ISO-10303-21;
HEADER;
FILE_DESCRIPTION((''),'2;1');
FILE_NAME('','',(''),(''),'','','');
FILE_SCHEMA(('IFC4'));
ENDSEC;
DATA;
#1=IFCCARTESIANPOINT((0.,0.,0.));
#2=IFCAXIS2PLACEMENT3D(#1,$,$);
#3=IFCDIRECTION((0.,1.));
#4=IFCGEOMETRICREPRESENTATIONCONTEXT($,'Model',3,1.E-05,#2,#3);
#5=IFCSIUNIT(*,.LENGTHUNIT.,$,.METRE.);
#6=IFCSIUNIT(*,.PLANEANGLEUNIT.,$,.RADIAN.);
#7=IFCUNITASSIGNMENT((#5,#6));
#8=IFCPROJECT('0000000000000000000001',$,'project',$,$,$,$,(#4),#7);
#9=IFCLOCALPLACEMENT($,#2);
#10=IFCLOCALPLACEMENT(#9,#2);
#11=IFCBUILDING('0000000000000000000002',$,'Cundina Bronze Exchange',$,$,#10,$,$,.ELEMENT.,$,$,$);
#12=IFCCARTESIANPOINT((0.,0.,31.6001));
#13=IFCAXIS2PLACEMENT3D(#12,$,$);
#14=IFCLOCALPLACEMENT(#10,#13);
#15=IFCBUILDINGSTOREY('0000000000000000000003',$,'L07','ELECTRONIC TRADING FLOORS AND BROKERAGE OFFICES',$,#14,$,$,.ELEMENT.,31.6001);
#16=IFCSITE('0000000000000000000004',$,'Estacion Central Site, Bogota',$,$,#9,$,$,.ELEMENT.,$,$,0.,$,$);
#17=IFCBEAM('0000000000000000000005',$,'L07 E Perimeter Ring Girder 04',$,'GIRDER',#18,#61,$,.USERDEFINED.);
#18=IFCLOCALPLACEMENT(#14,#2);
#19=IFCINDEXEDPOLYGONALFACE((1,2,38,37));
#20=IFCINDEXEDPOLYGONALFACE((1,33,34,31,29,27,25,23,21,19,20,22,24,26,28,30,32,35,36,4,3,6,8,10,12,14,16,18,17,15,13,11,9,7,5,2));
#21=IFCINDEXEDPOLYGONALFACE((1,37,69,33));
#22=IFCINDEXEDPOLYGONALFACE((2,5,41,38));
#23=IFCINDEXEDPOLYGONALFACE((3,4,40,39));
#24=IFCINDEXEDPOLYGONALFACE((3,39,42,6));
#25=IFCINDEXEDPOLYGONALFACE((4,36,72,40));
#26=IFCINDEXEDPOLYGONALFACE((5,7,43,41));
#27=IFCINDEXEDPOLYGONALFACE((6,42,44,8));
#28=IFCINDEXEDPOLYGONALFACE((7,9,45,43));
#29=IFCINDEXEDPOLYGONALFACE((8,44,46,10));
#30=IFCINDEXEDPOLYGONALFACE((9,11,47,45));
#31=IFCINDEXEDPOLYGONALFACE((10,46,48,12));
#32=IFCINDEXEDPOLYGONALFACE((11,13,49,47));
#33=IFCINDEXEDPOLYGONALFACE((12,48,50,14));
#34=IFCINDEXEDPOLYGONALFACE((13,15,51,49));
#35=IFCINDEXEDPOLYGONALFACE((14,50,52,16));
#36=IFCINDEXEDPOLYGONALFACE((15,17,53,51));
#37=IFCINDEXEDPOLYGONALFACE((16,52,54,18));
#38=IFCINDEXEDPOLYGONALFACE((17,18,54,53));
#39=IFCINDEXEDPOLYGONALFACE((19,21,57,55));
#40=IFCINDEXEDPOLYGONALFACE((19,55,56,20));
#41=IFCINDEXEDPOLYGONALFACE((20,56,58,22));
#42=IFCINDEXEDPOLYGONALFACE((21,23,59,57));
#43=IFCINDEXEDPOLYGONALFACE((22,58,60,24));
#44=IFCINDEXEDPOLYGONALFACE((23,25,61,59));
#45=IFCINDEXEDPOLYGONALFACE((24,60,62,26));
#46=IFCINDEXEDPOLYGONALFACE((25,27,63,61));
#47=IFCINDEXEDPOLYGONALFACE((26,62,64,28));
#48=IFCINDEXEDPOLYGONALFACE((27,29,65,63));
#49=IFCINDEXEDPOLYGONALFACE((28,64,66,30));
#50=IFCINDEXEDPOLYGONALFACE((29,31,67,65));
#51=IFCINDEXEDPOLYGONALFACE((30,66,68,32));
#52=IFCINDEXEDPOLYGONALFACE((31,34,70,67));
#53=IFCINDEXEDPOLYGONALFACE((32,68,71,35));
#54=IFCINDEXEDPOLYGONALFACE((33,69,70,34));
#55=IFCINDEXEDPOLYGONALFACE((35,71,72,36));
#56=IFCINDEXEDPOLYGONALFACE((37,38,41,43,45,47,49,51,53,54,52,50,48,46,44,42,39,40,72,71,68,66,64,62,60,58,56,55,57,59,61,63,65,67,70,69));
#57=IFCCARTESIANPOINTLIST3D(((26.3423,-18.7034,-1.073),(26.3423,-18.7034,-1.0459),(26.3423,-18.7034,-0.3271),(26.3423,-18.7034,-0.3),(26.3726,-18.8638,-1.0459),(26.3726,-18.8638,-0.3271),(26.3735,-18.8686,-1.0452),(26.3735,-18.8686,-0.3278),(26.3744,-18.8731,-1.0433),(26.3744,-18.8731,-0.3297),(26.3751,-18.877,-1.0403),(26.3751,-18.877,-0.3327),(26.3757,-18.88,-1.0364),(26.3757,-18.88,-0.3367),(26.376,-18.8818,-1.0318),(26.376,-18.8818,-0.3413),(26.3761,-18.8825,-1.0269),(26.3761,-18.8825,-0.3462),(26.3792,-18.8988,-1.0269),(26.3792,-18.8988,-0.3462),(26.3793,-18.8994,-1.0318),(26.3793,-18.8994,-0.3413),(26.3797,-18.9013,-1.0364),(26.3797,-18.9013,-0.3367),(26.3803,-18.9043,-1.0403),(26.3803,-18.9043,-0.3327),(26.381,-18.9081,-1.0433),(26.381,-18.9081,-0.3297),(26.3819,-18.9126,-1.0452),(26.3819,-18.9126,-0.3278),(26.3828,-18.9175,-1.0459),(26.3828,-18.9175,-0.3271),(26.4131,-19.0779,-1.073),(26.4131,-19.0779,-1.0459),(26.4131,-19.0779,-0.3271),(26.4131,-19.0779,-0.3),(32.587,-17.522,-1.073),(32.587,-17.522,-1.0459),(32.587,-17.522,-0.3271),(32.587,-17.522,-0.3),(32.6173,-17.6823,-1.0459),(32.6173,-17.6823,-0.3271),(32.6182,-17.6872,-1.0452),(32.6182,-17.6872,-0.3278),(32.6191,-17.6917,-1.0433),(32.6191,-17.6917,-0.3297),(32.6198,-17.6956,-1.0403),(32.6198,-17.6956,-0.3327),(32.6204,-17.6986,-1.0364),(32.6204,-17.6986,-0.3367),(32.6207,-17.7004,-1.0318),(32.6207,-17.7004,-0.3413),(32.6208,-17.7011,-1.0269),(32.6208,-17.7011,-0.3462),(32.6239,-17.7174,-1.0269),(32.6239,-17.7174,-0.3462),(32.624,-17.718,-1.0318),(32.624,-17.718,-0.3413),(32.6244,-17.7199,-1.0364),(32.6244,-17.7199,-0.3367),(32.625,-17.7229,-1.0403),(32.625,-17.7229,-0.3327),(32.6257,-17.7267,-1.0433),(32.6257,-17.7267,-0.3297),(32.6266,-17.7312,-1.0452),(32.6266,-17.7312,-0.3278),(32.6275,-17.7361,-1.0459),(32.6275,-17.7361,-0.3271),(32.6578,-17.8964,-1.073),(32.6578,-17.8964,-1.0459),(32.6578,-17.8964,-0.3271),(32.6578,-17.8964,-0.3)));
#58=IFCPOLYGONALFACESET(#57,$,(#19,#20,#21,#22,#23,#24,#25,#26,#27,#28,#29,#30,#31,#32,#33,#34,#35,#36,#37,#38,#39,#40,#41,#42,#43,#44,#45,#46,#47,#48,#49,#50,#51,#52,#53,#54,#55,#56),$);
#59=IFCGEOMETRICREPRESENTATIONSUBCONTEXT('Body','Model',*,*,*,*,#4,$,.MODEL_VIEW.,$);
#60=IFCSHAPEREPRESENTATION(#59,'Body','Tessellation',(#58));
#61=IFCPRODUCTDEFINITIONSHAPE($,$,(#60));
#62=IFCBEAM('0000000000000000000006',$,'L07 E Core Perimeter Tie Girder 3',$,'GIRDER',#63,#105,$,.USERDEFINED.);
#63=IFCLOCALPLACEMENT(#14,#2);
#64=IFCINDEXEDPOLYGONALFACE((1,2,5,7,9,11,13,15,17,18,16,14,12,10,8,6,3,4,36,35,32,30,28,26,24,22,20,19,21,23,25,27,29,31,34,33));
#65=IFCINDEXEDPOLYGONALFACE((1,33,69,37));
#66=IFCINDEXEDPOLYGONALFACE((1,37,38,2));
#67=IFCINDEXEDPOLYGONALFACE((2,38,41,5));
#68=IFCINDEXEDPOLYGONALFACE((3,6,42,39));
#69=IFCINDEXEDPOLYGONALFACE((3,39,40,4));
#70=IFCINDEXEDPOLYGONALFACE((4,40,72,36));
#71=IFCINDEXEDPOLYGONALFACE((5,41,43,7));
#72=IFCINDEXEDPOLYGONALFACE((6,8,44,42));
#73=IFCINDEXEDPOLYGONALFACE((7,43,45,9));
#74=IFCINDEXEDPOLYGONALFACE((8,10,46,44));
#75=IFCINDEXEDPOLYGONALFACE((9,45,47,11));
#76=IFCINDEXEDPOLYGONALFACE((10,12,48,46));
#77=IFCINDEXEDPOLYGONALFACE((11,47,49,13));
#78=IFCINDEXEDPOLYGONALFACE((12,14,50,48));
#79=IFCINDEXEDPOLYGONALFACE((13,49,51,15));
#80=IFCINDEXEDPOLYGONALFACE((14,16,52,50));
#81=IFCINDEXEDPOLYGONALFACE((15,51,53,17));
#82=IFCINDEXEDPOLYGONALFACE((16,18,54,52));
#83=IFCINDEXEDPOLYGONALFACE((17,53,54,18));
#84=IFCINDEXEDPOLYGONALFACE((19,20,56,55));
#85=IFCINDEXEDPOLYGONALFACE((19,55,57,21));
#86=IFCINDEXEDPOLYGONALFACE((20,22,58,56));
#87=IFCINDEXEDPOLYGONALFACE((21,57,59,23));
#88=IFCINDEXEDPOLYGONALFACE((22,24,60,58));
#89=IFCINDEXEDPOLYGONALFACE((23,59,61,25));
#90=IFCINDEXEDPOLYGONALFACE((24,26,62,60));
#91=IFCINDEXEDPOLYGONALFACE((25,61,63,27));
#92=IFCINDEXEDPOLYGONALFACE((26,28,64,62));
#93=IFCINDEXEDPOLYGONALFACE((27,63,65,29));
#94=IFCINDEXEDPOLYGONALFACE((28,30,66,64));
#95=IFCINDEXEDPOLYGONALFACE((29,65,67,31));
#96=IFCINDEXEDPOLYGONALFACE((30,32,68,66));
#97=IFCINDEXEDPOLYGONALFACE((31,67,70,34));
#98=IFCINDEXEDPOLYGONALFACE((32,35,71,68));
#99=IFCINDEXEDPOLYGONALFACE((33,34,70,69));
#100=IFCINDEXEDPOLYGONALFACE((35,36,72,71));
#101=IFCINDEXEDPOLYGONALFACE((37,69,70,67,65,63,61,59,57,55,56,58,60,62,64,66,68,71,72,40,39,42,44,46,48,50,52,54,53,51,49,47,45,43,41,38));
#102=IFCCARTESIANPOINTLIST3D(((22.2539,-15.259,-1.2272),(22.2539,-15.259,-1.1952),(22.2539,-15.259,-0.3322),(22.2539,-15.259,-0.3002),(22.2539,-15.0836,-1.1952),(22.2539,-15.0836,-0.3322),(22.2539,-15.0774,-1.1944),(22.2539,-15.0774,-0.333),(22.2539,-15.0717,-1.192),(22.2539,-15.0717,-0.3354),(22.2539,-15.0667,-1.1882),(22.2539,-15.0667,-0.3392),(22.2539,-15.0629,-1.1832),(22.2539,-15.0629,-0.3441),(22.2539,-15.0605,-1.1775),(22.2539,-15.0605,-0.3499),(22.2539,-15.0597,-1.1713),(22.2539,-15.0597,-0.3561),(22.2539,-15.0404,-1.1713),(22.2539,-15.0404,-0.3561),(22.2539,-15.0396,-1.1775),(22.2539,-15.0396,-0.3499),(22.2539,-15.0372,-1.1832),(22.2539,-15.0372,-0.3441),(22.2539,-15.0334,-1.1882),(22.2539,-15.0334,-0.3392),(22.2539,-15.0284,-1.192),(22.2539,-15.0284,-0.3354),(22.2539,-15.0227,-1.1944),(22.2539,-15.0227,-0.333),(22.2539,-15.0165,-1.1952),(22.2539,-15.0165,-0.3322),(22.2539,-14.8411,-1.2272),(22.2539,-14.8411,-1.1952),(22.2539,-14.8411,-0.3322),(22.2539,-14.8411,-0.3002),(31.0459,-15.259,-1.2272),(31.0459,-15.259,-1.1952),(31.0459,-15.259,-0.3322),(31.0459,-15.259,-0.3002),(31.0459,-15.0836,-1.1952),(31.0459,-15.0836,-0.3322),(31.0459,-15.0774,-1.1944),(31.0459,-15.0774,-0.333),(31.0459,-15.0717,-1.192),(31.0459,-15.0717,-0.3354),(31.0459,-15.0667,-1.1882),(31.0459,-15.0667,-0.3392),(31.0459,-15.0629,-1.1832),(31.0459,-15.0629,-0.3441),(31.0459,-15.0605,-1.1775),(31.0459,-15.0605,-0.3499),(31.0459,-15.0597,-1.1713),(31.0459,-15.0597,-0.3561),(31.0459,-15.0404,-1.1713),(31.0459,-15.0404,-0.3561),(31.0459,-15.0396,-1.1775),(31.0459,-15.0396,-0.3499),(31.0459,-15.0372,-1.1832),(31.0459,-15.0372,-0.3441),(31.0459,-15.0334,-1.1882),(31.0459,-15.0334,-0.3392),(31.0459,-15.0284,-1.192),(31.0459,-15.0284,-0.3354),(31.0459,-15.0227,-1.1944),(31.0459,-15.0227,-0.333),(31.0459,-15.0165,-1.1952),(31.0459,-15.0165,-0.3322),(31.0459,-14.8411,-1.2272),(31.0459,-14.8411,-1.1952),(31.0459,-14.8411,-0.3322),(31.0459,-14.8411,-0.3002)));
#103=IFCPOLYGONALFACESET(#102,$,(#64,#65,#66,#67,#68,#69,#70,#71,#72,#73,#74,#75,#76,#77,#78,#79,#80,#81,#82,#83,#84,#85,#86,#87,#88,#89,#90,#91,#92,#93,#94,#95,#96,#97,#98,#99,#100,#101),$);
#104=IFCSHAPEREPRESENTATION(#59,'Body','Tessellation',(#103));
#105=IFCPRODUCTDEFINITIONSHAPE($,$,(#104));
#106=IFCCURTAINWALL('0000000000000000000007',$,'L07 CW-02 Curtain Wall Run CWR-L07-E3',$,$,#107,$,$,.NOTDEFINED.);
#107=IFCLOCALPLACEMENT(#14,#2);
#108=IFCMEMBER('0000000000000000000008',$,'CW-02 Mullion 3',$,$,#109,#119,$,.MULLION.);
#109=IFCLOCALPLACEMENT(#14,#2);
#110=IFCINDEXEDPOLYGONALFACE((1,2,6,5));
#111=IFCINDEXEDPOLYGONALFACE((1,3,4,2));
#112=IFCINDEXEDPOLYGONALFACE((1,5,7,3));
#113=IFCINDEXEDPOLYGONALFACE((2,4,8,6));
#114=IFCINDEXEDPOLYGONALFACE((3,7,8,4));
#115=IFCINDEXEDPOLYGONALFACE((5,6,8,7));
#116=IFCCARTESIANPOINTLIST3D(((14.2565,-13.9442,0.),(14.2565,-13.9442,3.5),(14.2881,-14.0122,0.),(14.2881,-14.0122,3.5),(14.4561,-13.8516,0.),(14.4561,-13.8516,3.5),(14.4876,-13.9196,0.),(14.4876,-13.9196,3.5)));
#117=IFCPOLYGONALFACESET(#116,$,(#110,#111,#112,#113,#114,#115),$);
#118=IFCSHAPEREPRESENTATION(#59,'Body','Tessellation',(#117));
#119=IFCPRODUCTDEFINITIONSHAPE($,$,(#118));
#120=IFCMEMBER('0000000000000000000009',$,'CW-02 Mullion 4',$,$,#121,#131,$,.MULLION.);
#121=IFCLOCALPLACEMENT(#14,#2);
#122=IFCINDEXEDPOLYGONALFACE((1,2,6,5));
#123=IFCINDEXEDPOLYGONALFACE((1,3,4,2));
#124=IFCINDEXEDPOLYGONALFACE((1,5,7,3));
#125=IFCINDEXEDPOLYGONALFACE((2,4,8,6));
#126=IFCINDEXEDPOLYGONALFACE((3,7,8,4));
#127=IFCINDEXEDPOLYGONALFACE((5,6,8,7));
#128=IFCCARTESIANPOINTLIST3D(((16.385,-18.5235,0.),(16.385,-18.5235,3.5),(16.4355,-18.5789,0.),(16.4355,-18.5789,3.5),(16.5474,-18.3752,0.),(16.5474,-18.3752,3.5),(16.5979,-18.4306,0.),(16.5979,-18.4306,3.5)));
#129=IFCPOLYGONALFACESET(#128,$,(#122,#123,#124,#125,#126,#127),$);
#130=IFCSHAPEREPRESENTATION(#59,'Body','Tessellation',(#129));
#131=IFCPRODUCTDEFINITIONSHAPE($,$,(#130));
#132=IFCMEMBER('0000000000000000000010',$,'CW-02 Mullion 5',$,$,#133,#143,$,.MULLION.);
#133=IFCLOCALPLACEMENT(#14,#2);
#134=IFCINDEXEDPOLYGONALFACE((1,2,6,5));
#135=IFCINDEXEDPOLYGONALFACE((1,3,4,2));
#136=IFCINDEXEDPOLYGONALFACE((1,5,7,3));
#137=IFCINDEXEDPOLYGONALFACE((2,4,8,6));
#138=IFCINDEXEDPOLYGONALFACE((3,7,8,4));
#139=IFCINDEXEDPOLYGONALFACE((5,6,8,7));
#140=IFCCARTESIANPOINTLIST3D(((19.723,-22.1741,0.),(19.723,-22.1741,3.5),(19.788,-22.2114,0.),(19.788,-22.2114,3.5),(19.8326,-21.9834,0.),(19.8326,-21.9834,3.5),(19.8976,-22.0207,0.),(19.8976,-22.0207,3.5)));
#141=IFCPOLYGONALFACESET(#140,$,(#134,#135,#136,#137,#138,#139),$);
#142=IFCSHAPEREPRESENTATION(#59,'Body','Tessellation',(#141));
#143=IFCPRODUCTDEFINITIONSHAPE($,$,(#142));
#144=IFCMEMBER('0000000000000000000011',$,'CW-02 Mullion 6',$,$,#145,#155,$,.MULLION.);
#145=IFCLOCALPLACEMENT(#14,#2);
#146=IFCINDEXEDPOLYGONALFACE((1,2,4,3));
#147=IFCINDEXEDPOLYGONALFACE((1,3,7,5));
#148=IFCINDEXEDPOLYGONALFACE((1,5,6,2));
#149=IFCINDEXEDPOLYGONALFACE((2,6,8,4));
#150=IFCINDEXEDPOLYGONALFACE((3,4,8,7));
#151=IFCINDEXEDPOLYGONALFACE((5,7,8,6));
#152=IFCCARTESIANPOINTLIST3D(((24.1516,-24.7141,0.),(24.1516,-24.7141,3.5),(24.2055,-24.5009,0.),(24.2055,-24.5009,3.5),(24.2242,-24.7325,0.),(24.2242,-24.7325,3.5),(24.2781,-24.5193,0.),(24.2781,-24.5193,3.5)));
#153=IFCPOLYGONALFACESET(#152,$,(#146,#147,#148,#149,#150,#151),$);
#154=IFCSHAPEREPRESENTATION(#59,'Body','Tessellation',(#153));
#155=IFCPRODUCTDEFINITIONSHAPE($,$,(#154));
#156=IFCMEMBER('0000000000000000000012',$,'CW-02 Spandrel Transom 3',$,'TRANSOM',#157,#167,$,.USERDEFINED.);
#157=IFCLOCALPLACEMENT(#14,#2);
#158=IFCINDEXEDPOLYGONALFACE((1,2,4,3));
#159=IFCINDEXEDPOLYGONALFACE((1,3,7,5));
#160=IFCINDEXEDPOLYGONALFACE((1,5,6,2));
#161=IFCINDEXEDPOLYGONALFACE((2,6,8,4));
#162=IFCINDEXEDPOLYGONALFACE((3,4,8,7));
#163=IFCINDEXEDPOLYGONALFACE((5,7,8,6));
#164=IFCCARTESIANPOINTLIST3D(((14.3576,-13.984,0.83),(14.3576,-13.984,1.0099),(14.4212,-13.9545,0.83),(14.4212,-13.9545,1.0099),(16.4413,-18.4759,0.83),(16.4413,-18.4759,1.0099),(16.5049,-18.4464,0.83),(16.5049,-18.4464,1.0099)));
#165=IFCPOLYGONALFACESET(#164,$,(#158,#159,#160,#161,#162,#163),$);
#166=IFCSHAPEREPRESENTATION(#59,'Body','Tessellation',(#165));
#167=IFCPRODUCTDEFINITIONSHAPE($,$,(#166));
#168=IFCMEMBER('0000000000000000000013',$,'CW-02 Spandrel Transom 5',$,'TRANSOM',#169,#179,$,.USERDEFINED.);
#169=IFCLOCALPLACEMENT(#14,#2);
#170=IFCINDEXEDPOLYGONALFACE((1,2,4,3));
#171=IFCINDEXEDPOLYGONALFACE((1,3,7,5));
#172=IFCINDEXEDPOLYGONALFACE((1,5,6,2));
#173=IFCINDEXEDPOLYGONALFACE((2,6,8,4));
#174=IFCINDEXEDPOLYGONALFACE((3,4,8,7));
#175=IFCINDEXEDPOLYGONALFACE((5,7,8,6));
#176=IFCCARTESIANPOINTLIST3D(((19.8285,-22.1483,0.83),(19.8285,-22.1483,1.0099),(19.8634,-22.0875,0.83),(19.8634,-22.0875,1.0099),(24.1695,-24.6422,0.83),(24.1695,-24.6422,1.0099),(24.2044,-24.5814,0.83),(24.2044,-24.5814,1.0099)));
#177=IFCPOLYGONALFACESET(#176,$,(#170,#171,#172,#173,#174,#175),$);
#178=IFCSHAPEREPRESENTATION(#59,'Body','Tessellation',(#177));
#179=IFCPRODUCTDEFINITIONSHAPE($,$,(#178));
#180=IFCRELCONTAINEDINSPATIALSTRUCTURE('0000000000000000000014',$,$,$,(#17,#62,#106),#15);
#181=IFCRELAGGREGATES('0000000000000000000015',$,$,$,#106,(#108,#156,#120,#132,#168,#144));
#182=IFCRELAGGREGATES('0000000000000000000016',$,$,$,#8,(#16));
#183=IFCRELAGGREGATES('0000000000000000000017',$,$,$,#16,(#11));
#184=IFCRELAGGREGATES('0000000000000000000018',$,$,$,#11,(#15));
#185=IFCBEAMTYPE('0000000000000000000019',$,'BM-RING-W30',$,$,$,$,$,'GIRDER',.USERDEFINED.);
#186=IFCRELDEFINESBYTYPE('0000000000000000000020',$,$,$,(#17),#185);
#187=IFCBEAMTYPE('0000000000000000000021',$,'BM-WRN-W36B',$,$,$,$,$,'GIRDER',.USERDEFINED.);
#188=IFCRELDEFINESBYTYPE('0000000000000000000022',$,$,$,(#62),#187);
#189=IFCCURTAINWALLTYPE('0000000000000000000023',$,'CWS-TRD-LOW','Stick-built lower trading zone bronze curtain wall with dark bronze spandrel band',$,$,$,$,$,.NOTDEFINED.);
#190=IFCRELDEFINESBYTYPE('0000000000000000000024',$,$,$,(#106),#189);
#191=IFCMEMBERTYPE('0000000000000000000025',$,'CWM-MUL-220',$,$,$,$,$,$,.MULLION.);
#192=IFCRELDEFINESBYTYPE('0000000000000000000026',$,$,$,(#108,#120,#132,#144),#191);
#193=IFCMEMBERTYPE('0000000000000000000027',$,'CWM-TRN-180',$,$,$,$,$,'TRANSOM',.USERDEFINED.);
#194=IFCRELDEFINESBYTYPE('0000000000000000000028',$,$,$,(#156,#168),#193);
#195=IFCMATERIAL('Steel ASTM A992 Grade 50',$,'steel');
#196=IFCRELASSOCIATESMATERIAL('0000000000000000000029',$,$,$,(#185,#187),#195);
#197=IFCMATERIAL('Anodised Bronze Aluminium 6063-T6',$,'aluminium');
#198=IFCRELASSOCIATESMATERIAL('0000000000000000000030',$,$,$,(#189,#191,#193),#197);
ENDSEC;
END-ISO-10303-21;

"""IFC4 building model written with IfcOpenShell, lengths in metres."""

from ifc_helpers import new_model, si_unit, direction, frame, origin, origin_2d, place, context, subcontext, project, spatial, rectangle, i_section, extrude, material, material_profile, profile_set, type_object, element, aggregate, save


model = new_model("IFC4")

# Units and contexts
model_context = context("Model", 3, precision=1e-05, world=origin(), true_north=direction((0.0, 1.0)))
body_context = subcontext(model_context, "Body", "Model", "MODEL_VIEW")
ifc_project = project(units=[si_unit("LENGTHUNIT", "METRE"), si_unit("PLANEANGLEUNIT", "RADIAN")], contexts=[model_context])

# Site, building, storey
site_placement = place(None, origin())
site = spatial("IfcSite", under=ifc_project, at=site_placement, Name="Estacion Central Site, Bogota", CompositionType="ELEMENT", RefElevation=0.0)
building_placement = place(site_placement, origin())
building = spatial("IfcBuilding", under=site, at=building_placement, Name="Cundina Bronze Exchange", CompositionType="ELEMENT")
storey_placement = place(building_placement, frame((0.0, 0.0, 31.6001)))
storey = spatial("IfcBuildingStorey", under=building, at=storey_placement, Name="L07", Description="ELECTRONIC TRADING FLOORS AND BROKERAGE OFFICES", CompositionType="ELEMENT", Elevation=31.6001)

# Shared definitions
ifc_material_1 = material(Name="Steel ASTM A992 Grade 50", Category="steel")

# Beams
ifc_material_profile_1 = material_profile(ifc_material_1, i_section(OverallWidth=0.3811, OverallDepth=0.7729, WebThickness=0.0166, FlangeThickness=0.0271, FilletRadius=0.019, at=origin_2d()), Name="W30X173", Category="steel")
ifc_profile_set_1 = profile_set([ifc_material_profile_1], Name="Steel ASTM A992 Grade 50")
beam_type_1 = type_object("IfcBeamType", Name="BM-RING-W30", ElementType="GIRDER", PredefinedType="USERDEFINED", material=ifc_profile_set_1)
beam_1_placement = place(storey_placement, frame((26.3777, -18.8906, -0.6865), z_axis=(0.982571, 0.185889, 0.0), x_axis=(-0.185889, 0.982571, 0.0)))
element("IfcBeam", 1, at=beam_1_placement, inside=storey, type_object=beam_type_1, Name="L07 E Perimeter Ring Girder 04", ObjectType="GIRDER", PredefinedType="USERDEFINED", context=body_context, shape_type="SweptSolid", body=[
    extrude(i_section(OverallWidth=0.3811, OverallDepth=0.7729, WebThickness=0.0166, FlangeThickness=0.0271, FilletRadius=0.019, at=origin_2d()), origin(), (0.0, 0.0, 1.0), 6.3555),
])
ifc_material_profile_2 = material_profile(ifc_material_1, i_section(OverallWidth=0.418, OverallDepth=0.927, WebThickness=0.0193, FlangeThickness=0.032, FilletRadius=0.0239, at=origin_2d()), Name="W36X231", Category="steel")
ifc_profile_set_2 = profile_set([ifc_material_profile_2], Name="Steel ASTM A992 Grade 50")
beam_type_2 = type_object("IfcBeamType", Name="BM-WRN-W36B", ElementType="GIRDER", PredefinedType="USERDEFINED", material=ifc_profile_set_2)
beam_2_placement = place(storey_placement, frame((22.2539, -15.05, -0.7637), z_axis=(1.0, 0.0, 0.0), x_axis=(0.0, 1.0, 0.0)))
element("IfcBeam", 2, at=beam_2_placement, inside=storey, type_object=beam_type_2, Name="L07 E Core Perimeter Tie Girder 3", ObjectType="GIRDER", PredefinedType="USERDEFINED", context=body_context, shape_type="SweptSolid", body=[
    extrude(i_section(OverallWidth=0.418, OverallDepth=0.927, WebThickness=0.0193, FlangeThickness=0.032, FilletRadius=0.0239, at=origin_2d()), origin(), (0.0, 0.0, 1.0), 8.792),
])

# Curtain wall, members
ifc_material_2 = material(Name="Anodised Bronze Aluminium 6063-T6", Category="aluminium")
curtain_wall_type = type_object("IfcCurtainWallType", Name="CWS-TRD-LOW", Description="Stick-built lower trading zone bronze curtain wall with dark bronze spandrel band", PredefinedType="NOTDEFINED", material=ifc_material_2)
curtain_wall_placement = place(storey_placement, origin())
curtain_wall = element("IfcCurtainWall", 3, at=curtain_wall_placement, inside=storey, type_object=curtain_wall_type, Name="L07 CW-02 Curtain Wall Run CWR-L07-E3", PredefinedType="NOTDEFINED")
ifc_material_profile_3 = material_profile(ifc_material_2, rectangle(XDim=0.075, YDim=0.22, at=origin_2d()), Name="AL75X220", Category="aluminium")
ifc_profile_set_3 = profile_set([ifc_material_profile_3], Name="Anodised Bronze Aluminium 6063-T6")
member_type_1 = type_object("IfcMemberType", Name="CWM-MUL-220", PredefinedType="MULLION", material=ifc_profile_set_3)
member_1_placement = place(storey_placement, frame((14.3721, -13.9319, 0.0), z_axis=(0.0, 0.0, 1.0), x_axis=(0.420877, -0.907117, 0.0)))
member_1 = element("IfcMember", 4, at=member_1_placement, type_object=member_type_1, Name="CW-02 Mullion 3", PredefinedType="MULLION", context=body_context, shape_type="SweptSolid", body=[
    extrude(rectangle(XDim=0.075, YDim=0.22, at=origin_2d()), origin(), (0.0, 0.0, 1.0), 3.5),
])
member_2_placement = place(storey_placement, frame((16.4915, -18.4771, 0.0), z_axis=(0.0, 0.0, 1.0), x_axis=(0.674302, -0.738455, 0.0)))
member_2 = element("IfcMember", 5, at=member_2_placement, type_object=member_type_1, Name="CW-02 Mullion 4", PredefinedType="MULLION", context=body_context, shape_type="SweptSolid", body=[
    extrude(rectangle(XDim=0.075, YDim=0.22, at=origin_2d()), origin(), (0.0, 0.0, 1.0), 3.5),
])
member_3_placement = place(storey_placement, frame((19.8103, -22.0974, 0.0), z_axis=(0.0, 0.0, 1.0), x_axis=(0.867071, -0.498185, 0.0)))
member_3 = element("IfcMember", 6, at=member_3_placement, type_object=member_type_1, Name="CW-02 Mullion 5", PredefinedType="MULLION", context=body_context, shape_type="SweptSolid", body=[
    extrude(rectangle(XDim=0.075, YDim=0.22, at=origin_2d()), origin(), (0.0, 0.0, 1.0), 3.5),
])
member_4_placement = place(storey_placement, frame((24.2148, -24.6167, 0.0), z_axis=(0.0, 0.0, 1.0), x_axis=(0.969488, -0.245138, 0.0)))
member_4 = element("IfcMember", 7, at=member_4_placement, type_object=member_type_1, Name="CW-02 Mullion 6", PredefinedType="MULLION", context=body_context, shape_type="SweptSolid", body=[
    extrude(rectangle(XDim=0.075, YDim=0.22, at=origin_2d()), origin(), (0.0, 0.0, 1.0), 3.5),
])
ifc_material_profile_4 = material_profile(ifc_material_2, rectangle(XDim=0.0701, YDim=0.1799, at=origin_2d()), Name="AL70X180", Category="aluminium")
ifc_profile_set_4 = profile_set([ifc_material_profile_4], Name="Anodised Bronze Aluminium 6063-T6")
member_type_2 = type_object("IfcMemberType", Name="CWM-TRN-180", ElementType="TRANSOM", PredefinedType="USERDEFINED", material=ifc_profile_set_4)
member_5_placement = place(storey_placement, frame((14.3894, -13.9692, 0.9199), z_axis=(0.420811, -0.907148, 0.0), x_axis=(0.907148, 0.420811, 0.0)))
member_5 = element("IfcMember", 8, at=member_5_placement, type_object=member_type_2, Name="CW-02 Spandrel Transom 3", ObjectType="TRANSOM", PredefinedType="USERDEFINED", context=body_context, shape_type="SweptSolid", body=[
    extrude(rectangle(XDim=0.0701, YDim=0.1799, at=origin_2d()), origin(), (0.0, 0.0, 1.0), 4.9517),
])
member_6_placement = place(storey_placement, frame((19.8459, -22.1179, 0.9199), z_axis=(0.867097, -0.498139, 0.0), x_axis=(0.498139, 0.867097, 0.0)))
member_6 = element("IfcMember", 9, at=member_6_placement, type_object=member_type_2, Name="CW-02 Spandrel Transom 5", ObjectType="TRANSOM", PredefinedType="USERDEFINED", context=body_context, shape_type="SweptSolid", body=[
    extrude(rectangle(XDim=0.0701, YDim=0.1799, at=origin_2d()), origin(), (0.0, 0.0, 1.0), 5.0063),
])
aggregate(curtain_wall, [member_1, member_5, member_2, member_3, member_6, member_4])

save(model, "model.ifc")
